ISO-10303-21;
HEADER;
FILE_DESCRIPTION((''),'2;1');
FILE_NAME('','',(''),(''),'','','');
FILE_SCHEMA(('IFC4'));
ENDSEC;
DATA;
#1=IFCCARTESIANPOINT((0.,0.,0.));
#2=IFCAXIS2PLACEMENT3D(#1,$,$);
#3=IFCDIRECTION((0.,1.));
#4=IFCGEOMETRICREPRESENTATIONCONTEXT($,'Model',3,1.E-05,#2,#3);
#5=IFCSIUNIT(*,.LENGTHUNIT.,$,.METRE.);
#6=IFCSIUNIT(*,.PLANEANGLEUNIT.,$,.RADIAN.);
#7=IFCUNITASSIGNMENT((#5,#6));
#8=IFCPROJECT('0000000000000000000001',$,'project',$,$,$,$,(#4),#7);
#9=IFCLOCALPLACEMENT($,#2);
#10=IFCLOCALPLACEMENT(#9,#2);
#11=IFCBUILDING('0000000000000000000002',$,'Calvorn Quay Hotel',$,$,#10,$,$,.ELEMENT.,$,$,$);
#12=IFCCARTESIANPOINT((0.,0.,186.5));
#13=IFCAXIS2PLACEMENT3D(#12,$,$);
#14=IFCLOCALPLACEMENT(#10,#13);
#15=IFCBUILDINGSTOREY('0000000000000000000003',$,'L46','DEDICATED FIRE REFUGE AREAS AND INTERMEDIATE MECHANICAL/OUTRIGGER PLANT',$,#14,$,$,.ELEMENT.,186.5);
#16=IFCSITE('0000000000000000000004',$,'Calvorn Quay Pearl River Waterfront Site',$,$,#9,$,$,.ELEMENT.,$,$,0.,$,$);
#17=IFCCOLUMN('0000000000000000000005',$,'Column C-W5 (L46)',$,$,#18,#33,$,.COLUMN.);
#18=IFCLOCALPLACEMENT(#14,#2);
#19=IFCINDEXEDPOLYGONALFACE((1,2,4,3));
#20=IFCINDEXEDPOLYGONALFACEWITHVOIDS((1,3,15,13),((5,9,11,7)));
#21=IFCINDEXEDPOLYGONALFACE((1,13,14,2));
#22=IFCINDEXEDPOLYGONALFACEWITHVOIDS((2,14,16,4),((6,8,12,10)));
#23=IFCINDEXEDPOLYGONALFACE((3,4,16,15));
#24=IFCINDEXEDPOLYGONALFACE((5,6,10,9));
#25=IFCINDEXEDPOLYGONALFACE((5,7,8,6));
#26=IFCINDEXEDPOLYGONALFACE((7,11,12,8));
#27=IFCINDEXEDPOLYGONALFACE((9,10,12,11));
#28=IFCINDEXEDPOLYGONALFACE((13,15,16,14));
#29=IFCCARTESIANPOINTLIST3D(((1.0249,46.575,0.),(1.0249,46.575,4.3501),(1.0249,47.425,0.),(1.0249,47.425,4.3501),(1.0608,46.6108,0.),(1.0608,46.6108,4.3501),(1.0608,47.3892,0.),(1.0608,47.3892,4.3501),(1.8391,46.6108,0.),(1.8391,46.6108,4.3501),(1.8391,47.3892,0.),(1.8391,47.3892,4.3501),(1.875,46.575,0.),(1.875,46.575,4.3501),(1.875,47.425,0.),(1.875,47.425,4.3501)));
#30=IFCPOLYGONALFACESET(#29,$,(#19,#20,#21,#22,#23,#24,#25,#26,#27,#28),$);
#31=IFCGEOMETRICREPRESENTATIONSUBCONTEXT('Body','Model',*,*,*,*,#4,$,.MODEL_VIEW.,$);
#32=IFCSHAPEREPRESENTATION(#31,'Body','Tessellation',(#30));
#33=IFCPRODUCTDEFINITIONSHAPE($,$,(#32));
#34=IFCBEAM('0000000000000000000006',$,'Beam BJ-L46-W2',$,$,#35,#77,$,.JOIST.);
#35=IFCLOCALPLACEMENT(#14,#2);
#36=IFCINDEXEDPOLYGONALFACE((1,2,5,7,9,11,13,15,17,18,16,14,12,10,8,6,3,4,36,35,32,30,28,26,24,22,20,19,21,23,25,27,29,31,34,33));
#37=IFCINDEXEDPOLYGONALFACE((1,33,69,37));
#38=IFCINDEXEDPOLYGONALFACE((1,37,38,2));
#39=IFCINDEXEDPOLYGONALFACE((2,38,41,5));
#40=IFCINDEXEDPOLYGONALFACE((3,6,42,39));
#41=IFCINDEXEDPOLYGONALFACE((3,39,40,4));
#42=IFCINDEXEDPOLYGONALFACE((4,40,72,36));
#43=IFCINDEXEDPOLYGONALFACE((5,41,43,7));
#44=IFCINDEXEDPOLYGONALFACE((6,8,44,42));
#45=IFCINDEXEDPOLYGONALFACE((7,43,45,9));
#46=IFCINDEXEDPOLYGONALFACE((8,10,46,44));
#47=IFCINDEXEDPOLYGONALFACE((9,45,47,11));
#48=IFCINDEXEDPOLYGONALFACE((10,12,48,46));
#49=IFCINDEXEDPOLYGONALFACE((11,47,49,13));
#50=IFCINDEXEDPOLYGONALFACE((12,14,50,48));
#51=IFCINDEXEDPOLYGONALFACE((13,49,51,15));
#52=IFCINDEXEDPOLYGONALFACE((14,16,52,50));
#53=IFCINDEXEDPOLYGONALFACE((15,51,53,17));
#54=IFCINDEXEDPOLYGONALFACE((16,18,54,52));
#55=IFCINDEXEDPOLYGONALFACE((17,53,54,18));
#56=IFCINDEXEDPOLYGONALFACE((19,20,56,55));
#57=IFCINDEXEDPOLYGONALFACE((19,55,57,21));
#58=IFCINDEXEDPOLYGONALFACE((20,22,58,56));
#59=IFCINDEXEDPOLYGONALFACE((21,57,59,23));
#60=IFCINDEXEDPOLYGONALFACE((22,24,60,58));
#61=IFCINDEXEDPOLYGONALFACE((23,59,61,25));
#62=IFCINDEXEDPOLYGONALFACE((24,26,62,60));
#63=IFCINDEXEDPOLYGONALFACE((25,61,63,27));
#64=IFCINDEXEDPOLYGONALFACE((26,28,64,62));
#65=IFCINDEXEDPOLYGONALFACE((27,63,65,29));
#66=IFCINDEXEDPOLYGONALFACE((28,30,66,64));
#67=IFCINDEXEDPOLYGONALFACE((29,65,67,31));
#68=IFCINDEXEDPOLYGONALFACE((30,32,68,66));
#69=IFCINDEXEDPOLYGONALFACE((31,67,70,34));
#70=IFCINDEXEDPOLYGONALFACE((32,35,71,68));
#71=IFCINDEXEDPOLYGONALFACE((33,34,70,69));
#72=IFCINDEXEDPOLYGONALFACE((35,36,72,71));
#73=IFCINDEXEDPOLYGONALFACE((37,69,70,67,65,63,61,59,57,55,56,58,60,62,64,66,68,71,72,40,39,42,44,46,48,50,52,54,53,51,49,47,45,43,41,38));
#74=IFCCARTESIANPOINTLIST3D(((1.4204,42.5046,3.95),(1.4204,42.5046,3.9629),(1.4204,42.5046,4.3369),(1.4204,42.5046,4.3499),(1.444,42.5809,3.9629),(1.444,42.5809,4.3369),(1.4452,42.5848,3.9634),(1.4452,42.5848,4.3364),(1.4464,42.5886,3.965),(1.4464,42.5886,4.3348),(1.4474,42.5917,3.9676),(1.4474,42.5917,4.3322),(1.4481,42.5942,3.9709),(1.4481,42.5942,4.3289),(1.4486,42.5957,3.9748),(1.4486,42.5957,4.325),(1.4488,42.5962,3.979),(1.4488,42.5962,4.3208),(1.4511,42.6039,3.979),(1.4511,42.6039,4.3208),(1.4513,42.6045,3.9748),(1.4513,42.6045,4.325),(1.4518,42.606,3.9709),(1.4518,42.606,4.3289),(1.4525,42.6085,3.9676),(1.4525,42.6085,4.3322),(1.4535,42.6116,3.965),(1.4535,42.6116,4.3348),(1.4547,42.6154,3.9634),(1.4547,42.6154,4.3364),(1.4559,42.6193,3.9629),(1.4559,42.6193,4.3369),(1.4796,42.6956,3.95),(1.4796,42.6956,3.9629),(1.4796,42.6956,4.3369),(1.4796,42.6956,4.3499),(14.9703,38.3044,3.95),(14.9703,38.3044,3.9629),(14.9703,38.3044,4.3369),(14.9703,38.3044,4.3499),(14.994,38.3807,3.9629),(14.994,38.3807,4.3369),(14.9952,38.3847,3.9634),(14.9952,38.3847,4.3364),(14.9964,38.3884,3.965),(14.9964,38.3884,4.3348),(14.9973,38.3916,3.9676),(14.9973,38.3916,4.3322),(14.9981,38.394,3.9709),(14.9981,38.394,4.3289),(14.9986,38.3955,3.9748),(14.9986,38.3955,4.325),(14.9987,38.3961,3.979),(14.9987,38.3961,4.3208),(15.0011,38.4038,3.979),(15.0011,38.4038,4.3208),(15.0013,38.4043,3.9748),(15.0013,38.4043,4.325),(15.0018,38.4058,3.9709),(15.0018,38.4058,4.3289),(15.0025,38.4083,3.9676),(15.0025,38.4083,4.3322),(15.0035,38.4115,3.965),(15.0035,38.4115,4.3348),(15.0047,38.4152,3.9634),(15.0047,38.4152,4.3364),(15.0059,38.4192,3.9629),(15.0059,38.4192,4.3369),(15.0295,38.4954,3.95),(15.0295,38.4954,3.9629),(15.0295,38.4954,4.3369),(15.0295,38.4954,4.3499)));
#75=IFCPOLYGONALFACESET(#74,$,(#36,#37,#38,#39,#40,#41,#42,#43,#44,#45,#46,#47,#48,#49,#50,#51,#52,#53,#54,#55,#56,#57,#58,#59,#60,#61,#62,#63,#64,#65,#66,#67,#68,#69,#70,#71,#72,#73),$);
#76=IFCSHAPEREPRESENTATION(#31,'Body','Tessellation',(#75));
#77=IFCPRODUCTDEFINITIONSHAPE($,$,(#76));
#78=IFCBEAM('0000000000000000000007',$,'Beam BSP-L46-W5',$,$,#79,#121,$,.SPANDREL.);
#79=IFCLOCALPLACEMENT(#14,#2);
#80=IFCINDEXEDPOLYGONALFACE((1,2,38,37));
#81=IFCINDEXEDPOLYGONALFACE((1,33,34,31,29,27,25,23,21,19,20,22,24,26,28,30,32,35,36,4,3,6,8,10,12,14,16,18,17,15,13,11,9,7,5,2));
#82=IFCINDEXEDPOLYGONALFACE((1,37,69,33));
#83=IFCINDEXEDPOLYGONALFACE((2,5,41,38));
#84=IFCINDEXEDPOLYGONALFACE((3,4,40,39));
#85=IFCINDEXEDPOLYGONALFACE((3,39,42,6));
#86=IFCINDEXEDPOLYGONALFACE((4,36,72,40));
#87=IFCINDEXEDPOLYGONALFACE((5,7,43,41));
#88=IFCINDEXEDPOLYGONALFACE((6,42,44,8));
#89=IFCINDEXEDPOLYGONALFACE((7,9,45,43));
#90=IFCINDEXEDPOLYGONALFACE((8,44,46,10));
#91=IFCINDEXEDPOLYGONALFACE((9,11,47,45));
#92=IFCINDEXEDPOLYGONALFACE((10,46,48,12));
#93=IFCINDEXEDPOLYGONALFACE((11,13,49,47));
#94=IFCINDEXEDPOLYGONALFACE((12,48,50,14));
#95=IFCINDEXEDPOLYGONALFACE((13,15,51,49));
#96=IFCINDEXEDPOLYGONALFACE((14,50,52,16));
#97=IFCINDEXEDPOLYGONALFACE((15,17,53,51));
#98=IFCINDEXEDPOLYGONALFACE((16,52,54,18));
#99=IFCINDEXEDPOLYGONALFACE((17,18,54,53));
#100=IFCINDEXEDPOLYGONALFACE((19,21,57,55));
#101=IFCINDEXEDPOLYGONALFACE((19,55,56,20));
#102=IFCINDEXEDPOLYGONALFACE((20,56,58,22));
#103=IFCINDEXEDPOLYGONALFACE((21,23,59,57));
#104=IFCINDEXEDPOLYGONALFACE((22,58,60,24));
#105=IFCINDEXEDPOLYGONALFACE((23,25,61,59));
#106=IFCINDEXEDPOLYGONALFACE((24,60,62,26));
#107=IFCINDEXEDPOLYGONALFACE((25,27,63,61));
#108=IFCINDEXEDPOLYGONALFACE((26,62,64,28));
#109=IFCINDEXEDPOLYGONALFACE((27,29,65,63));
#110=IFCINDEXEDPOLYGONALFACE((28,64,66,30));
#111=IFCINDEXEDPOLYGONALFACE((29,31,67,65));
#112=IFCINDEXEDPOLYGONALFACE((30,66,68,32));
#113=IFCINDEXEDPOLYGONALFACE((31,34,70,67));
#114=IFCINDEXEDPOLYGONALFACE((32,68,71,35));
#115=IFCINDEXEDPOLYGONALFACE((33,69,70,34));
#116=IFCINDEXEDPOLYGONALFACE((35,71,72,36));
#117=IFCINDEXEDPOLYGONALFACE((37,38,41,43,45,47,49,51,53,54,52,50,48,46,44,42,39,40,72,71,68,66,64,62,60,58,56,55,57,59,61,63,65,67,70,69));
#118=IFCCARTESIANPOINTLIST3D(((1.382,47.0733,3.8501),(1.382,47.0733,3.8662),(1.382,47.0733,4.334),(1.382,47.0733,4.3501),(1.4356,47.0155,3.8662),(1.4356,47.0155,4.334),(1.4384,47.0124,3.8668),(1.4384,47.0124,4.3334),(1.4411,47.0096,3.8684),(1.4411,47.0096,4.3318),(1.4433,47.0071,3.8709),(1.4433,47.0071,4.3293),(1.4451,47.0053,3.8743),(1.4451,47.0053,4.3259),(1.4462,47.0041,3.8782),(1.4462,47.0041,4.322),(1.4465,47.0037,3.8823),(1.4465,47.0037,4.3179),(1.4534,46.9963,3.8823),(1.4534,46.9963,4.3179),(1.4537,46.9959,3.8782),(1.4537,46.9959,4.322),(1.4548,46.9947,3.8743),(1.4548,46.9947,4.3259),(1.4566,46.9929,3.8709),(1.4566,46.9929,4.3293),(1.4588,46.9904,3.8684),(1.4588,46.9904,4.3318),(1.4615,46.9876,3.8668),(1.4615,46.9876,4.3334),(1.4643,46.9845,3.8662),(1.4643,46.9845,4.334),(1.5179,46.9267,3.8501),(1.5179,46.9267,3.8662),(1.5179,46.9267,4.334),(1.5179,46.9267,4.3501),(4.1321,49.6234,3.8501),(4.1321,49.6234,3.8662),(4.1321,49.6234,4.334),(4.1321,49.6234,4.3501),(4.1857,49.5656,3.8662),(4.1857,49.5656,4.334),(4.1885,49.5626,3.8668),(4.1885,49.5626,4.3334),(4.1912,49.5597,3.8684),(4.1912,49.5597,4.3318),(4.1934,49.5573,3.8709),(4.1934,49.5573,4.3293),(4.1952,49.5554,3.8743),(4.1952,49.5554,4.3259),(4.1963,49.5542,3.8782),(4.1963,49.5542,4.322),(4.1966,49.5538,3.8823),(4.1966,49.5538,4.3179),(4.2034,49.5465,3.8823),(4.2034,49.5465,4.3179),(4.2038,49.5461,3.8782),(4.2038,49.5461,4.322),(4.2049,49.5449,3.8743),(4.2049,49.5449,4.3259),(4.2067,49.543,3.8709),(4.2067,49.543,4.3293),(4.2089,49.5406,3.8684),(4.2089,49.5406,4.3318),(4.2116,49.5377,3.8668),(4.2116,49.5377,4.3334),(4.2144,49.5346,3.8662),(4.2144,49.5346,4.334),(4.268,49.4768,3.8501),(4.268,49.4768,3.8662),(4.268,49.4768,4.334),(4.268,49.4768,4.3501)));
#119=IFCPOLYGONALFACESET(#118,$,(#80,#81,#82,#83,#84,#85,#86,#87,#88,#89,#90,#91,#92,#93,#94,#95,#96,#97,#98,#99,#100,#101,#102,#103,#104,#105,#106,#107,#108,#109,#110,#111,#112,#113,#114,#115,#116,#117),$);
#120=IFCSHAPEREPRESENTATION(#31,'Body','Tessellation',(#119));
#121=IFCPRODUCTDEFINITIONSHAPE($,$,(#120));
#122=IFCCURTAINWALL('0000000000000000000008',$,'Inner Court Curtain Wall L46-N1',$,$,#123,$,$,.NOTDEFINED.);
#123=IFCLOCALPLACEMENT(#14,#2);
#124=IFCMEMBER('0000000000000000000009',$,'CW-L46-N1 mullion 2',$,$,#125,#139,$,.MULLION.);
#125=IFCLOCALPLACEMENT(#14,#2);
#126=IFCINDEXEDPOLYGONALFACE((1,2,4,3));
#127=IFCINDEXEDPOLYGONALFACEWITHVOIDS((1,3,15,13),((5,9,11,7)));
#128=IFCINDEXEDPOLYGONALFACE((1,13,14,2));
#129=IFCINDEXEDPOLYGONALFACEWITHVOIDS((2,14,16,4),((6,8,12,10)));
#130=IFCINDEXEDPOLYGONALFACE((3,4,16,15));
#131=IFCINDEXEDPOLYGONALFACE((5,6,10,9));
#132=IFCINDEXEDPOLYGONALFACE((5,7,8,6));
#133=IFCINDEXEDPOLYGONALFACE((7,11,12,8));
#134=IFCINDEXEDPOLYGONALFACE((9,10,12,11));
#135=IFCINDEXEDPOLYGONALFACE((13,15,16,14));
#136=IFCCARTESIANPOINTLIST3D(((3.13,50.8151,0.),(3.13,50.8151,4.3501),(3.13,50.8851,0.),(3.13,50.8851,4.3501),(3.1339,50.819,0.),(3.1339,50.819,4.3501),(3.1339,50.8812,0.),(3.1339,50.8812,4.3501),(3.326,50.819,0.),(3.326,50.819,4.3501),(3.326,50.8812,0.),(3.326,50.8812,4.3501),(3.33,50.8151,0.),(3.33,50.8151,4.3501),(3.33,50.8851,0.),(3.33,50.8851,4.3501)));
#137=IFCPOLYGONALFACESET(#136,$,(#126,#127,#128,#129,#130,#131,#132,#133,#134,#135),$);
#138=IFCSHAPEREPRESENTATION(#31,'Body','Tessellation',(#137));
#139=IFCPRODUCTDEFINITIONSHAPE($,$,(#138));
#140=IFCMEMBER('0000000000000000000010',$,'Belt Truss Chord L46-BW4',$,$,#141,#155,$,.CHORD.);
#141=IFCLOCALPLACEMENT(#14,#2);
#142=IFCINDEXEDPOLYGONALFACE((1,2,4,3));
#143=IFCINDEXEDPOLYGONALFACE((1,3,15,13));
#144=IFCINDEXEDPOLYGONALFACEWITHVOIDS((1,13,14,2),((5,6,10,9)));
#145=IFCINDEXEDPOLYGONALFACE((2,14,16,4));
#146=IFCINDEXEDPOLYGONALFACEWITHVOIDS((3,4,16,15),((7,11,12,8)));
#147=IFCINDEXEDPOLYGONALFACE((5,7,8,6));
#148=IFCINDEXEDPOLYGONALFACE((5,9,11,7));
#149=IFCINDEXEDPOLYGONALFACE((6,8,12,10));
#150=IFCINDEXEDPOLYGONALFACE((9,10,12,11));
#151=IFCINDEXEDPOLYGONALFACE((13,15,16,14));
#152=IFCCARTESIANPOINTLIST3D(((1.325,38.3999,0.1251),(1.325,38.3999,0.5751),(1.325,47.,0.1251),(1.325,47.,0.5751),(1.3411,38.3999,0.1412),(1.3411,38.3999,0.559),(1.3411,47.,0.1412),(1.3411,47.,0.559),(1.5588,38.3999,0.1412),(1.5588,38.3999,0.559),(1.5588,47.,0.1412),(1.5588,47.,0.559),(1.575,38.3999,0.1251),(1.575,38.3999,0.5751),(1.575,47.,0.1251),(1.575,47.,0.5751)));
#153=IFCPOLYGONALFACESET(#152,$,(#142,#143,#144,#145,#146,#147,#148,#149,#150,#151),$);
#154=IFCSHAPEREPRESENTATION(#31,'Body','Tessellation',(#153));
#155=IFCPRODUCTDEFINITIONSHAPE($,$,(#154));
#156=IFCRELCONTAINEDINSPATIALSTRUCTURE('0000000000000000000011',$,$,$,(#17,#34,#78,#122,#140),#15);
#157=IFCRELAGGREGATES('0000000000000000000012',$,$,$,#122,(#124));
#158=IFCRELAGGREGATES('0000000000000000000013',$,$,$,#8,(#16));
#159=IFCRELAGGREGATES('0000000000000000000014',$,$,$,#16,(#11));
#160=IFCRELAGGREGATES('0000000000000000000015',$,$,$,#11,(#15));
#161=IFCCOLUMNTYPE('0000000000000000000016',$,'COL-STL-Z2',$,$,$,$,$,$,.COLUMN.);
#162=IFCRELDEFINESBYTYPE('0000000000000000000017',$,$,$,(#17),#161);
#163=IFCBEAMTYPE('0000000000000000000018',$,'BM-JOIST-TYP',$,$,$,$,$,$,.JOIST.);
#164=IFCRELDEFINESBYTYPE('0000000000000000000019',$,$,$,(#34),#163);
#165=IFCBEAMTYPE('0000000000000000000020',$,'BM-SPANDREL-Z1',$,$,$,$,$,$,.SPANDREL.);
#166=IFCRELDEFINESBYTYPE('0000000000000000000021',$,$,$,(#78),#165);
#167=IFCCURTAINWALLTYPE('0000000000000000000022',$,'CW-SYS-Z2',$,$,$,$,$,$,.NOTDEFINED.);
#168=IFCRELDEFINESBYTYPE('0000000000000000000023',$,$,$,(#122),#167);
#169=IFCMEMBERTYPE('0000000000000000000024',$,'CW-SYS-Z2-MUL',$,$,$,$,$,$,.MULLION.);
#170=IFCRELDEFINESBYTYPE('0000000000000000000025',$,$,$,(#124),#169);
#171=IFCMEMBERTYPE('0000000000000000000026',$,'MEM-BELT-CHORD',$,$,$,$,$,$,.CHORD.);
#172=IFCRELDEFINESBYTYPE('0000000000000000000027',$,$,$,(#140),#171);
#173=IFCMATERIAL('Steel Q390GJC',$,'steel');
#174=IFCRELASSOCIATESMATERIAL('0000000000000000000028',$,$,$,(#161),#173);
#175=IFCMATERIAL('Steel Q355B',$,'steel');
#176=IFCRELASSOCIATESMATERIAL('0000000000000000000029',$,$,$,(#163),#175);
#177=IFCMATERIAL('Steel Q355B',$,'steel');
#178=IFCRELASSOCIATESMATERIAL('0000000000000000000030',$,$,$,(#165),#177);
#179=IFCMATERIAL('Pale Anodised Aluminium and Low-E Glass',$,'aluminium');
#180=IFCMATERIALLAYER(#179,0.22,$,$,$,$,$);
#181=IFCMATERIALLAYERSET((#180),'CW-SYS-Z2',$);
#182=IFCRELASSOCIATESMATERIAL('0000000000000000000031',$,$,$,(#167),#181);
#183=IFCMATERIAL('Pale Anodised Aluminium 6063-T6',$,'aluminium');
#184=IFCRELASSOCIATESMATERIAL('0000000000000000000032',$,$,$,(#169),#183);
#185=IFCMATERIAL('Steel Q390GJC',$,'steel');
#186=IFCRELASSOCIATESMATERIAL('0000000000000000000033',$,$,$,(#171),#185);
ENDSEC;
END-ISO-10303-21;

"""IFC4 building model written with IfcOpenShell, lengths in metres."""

from ifc_helpers import new_model, si_unit, direction, frame, origin, origin_2d, place, context, subcontext, project, spatial, hollow_rectangle, i_section, extrude, material, layer, layer_set, material_profile, profile_set, type_object, element, aggregate, save


model = new_model("IFC4")

# Units and contexts
model_context = context("Model", 3, precision=1e-05, world=origin(), true_north=direction((0.0, 1.0)))
body_context = subcontext(model_context, "Body", "Model", "MODEL_VIEW")
ifc_project = project(units=[si_unit("LENGTHUNIT", "METRE"), si_unit("PLANEANGLEUNIT", "RADIAN")], contexts=[model_context])

# Site, building, storey
site_placement = place(None, origin())
site = spatial("IfcSite", under=ifc_project, at=site_placement, Name="Calvorn Quay Pearl River Waterfront Site", CompositionType="ELEMENT", RefElevation=0.0)
building_placement = place(site_placement, origin())
building = spatial("IfcBuilding", under=site, at=building_placement, Name="Calvorn Quay Hotel", CompositionType="ELEMENT")
storey_placement = place(building_placement, frame((0.0, 0.0, 186.5)))
storey = spatial("IfcBuildingStorey", under=building, at=storey_placement, Name="L46", Description="DEDICATED FIRE REFUGE AREAS AND INTERMEDIATE MECHANICAL/OUTRIGGER PLANT", CompositionType="ELEMENT", Elevation=186.5)

# Column
ifc_material_1 = material(Name="Steel Q390GJC", Category="steel")
ifc_material_profile_1 = material_profile(ifc_material_1, hollow_rectangle(XDim=0.8501, YDim=0.8501, WallThickness=0.0359, at=origin_2d()), Name="BOX850x850x36")
ifc_profile_set_1 = profile_set([ifc_material_profile_1], Name="Steel Q390GJC")
column_type = type_object("IfcColumnType", Name="COL-STL-Z2", PredefinedType="COLUMN", material=ifc_profile_set_1)
column_placement = place(storey_placement, frame((1.45, 47.0, 0.0), z_axis=(0.0, 0.0, 1.0), x_axis=(1.0, 0.0, 0.0)))
element("IfcColumn", 1, at=column_placement, inside=storey, type_object=column_type, Name="Column C-W5 (L46)", PredefinedType="COLUMN", context=body_context, shape_type="SweptSolid", body=[
    extrude(hollow_rectangle(XDim=0.8501, YDim=0.8501, WallThickness=0.0359, at=origin_2d()), origin(), (0.0, 0.0, 1.0), 4.3501),
])

# Beams
ifc_material_2 = material(Name="Steel Q355B", Category="steel")
ifc_material_profile_2 = material_profile(ifc_material_2, i_section(OverallWidth=0.2, OverallDepth=0.3999, WebThickness=0.0081, FlangeThickness=0.0129, FilletRadius=0.0161, at=origin_2d()), Name="HN400x200x8x13")
ifc_profile_set_2 = profile_set([ifc_material_profile_2], Name="Steel Q355B")
beam_type_1 = type_object("IfcBeamType", Name="BM-JOIST-TYP", PredefinedType="JOIST", material=ifc_profile_set_2)
beam_1_placement = place(storey_placement, frame((1.45, 42.6001, 4.1499), z_axis=(0.955164, -0.296078, 0.0), x_axis=(0.296078, 0.955164, 0.0)))
element("IfcBeam", 2, at=beam_1_placement, inside=storey, type_object=beam_type_1, Name="Beam BJ-L46-W2", PredefinedType="JOIST", context=body_context, shape_type="SweptSolid", body=[
    extrude(i_section(OverallWidth=0.2, OverallDepth=0.3999, WebThickness=0.0081, FlangeThickness=0.0129, FilletRadius=0.0161, at=origin_2d()), origin(), (0.0, 0.0, 1.0), 14.186),
])
ifc_material_3 = material(Name="Steel Q355B", Category="steel")
ifc_material_profile_3 = material_profile(ifc_material_3, i_section(OverallWidth=0.2, OverallDepth=0.5, WebThickness=0.01, FlangeThickness=0.0161, FilletRadius=0.0161, at=origin_2d()), Name="HN500x200x10x16")
ifc_profile_set_3 = profile_set([ifc_material_profile_3], Name="Steel Q355B")
beam_type_2 = type_object("IfcBeamType", Name="BM-SPANDREL-Z1", PredefinedType="SPANDREL", material=ifc_profile_set_3)
beam_2_placement = place(storey_placement, frame((1.45, 47.0, 4.1001), z_axis=(0.733262, 0.679947, 0.0), x_axis=(-0.679947, 0.733262, 0.0)))
element("IfcBeam", 3, at=beam_2_placement, inside=storey, type_object=beam_type_2, Name="Beam BSP-L46-W5", PredefinedType="SPANDREL", context=body_context, shape_type="SweptSolid", body=[
    extrude(i_section(OverallWidth=0.2, OverallDepth=0.5, WebThickness=0.01, FlangeThickness=0.0161, FilletRadius=0.0161, at=origin_2d()), origin(), (0.0, 0.0, 1.0), 3.7505),
])

# Curtain wall, member
ifc_material_4 = material(Name="Pale Anodised Aluminium and Low-E Glass", Category="aluminium")
ifc_layer_1 = layer(ifc_material_4, 0.22)
ifc_layer_set_1 = layer_set([ifc_layer_1], Name="CW-SYS-Z2")
curtain_wall_type = type_object("IfcCurtainWallType", Name="CW-SYS-Z2", PredefinedType="NOTDEFINED", material=ifc_layer_set_1)
curtain_wall_placement = place(storey_placement, origin())
curtain_wall = element("IfcCurtainWall", 4, at=curtain_wall_placement, inside=storey, type_object=curtain_wall_type, Name="Inner Court Curtain Wall L46-N1", PredefinedType="NOTDEFINED")
ifc_material_5 = material(Name="Pale Anodised Aluminium 6063-T6", Category="aluminium")
ifc_material_profile_4 = material_profile(ifc_material_5, hollow_rectangle(XDim=0.0701, YDim=0.2, WallThickness=0.0039, at=origin_2d()), Name="ALU-M200x70x4")
ifc_profile_set_4 = profile_set([ifc_material_profile_4], Name="Pale Anodised Aluminium 6063-T6")
member_type_1 = type_object("IfcMemberType", Name="CW-SYS-Z2-MUL", PredefinedType="MULLION", material=ifc_profile_set_4)
member_1_placement = place(storey_placement, frame((3.23, 50.8501, 0.0), z_axis=(0.0, 0.0, 1.0), x_axis=(0.0, -1.0, 0.0)))
member_1 = element("IfcMember", 5, at=member_1_placement, type_object=member_type_1, Name="CW-L46-N1 mullion 2", PredefinedType="MULLION", context=body_context, shape_type="SweptSolid", body=[
    extrude(hollow_rectangle(XDim=0.0701, YDim=0.2, WallThickness=0.0039, at=origin_2d()), origin(), (0.0, 0.0, 1.0), 4.3501),
])
aggregate(curtain_wall, [member_1])

# Member
ifc_material_6 = material(Name="Steel Q390GJC", Category="steel")
ifc_material_profile_5 = material_profile(ifc_material_6, hollow_rectangle(XDim=0.25, YDim=0.45, WallThickness=0.0161, at=origin_2d()), Name="RHS450x250x16")
ifc_profile_set_5 = profile_set([ifc_material_profile_5], Name="Steel Q390GJC")
member_type_2 = type_object("IfcMemberType", Name="MEM-BELT-CHORD", PredefinedType="CHORD", material=ifc_profile_set_5)
member_2_placement = place(storey_placement, frame((1.45, 38.3999, 0.3501), z_axis=(0.0, 1.0, 0.0), x_axis=(-1.0, 0.0, 0.0)))
element("IfcMember", 6, at=member_2_placement, inside=storey, type_object=member_type_2, Name="Belt Truss Chord L46-BW4", PredefinedType="CHORD", context=body_context, shape_type="SweptSolid", body=[
    extrude(hollow_rectangle(XDim=0.25, YDim=0.45, WallThickness=0.0161, at=origin_2d()), origin(), (0.0, 0.0, 1.0), 8.6001),
])

save(model, "model.ifc")
